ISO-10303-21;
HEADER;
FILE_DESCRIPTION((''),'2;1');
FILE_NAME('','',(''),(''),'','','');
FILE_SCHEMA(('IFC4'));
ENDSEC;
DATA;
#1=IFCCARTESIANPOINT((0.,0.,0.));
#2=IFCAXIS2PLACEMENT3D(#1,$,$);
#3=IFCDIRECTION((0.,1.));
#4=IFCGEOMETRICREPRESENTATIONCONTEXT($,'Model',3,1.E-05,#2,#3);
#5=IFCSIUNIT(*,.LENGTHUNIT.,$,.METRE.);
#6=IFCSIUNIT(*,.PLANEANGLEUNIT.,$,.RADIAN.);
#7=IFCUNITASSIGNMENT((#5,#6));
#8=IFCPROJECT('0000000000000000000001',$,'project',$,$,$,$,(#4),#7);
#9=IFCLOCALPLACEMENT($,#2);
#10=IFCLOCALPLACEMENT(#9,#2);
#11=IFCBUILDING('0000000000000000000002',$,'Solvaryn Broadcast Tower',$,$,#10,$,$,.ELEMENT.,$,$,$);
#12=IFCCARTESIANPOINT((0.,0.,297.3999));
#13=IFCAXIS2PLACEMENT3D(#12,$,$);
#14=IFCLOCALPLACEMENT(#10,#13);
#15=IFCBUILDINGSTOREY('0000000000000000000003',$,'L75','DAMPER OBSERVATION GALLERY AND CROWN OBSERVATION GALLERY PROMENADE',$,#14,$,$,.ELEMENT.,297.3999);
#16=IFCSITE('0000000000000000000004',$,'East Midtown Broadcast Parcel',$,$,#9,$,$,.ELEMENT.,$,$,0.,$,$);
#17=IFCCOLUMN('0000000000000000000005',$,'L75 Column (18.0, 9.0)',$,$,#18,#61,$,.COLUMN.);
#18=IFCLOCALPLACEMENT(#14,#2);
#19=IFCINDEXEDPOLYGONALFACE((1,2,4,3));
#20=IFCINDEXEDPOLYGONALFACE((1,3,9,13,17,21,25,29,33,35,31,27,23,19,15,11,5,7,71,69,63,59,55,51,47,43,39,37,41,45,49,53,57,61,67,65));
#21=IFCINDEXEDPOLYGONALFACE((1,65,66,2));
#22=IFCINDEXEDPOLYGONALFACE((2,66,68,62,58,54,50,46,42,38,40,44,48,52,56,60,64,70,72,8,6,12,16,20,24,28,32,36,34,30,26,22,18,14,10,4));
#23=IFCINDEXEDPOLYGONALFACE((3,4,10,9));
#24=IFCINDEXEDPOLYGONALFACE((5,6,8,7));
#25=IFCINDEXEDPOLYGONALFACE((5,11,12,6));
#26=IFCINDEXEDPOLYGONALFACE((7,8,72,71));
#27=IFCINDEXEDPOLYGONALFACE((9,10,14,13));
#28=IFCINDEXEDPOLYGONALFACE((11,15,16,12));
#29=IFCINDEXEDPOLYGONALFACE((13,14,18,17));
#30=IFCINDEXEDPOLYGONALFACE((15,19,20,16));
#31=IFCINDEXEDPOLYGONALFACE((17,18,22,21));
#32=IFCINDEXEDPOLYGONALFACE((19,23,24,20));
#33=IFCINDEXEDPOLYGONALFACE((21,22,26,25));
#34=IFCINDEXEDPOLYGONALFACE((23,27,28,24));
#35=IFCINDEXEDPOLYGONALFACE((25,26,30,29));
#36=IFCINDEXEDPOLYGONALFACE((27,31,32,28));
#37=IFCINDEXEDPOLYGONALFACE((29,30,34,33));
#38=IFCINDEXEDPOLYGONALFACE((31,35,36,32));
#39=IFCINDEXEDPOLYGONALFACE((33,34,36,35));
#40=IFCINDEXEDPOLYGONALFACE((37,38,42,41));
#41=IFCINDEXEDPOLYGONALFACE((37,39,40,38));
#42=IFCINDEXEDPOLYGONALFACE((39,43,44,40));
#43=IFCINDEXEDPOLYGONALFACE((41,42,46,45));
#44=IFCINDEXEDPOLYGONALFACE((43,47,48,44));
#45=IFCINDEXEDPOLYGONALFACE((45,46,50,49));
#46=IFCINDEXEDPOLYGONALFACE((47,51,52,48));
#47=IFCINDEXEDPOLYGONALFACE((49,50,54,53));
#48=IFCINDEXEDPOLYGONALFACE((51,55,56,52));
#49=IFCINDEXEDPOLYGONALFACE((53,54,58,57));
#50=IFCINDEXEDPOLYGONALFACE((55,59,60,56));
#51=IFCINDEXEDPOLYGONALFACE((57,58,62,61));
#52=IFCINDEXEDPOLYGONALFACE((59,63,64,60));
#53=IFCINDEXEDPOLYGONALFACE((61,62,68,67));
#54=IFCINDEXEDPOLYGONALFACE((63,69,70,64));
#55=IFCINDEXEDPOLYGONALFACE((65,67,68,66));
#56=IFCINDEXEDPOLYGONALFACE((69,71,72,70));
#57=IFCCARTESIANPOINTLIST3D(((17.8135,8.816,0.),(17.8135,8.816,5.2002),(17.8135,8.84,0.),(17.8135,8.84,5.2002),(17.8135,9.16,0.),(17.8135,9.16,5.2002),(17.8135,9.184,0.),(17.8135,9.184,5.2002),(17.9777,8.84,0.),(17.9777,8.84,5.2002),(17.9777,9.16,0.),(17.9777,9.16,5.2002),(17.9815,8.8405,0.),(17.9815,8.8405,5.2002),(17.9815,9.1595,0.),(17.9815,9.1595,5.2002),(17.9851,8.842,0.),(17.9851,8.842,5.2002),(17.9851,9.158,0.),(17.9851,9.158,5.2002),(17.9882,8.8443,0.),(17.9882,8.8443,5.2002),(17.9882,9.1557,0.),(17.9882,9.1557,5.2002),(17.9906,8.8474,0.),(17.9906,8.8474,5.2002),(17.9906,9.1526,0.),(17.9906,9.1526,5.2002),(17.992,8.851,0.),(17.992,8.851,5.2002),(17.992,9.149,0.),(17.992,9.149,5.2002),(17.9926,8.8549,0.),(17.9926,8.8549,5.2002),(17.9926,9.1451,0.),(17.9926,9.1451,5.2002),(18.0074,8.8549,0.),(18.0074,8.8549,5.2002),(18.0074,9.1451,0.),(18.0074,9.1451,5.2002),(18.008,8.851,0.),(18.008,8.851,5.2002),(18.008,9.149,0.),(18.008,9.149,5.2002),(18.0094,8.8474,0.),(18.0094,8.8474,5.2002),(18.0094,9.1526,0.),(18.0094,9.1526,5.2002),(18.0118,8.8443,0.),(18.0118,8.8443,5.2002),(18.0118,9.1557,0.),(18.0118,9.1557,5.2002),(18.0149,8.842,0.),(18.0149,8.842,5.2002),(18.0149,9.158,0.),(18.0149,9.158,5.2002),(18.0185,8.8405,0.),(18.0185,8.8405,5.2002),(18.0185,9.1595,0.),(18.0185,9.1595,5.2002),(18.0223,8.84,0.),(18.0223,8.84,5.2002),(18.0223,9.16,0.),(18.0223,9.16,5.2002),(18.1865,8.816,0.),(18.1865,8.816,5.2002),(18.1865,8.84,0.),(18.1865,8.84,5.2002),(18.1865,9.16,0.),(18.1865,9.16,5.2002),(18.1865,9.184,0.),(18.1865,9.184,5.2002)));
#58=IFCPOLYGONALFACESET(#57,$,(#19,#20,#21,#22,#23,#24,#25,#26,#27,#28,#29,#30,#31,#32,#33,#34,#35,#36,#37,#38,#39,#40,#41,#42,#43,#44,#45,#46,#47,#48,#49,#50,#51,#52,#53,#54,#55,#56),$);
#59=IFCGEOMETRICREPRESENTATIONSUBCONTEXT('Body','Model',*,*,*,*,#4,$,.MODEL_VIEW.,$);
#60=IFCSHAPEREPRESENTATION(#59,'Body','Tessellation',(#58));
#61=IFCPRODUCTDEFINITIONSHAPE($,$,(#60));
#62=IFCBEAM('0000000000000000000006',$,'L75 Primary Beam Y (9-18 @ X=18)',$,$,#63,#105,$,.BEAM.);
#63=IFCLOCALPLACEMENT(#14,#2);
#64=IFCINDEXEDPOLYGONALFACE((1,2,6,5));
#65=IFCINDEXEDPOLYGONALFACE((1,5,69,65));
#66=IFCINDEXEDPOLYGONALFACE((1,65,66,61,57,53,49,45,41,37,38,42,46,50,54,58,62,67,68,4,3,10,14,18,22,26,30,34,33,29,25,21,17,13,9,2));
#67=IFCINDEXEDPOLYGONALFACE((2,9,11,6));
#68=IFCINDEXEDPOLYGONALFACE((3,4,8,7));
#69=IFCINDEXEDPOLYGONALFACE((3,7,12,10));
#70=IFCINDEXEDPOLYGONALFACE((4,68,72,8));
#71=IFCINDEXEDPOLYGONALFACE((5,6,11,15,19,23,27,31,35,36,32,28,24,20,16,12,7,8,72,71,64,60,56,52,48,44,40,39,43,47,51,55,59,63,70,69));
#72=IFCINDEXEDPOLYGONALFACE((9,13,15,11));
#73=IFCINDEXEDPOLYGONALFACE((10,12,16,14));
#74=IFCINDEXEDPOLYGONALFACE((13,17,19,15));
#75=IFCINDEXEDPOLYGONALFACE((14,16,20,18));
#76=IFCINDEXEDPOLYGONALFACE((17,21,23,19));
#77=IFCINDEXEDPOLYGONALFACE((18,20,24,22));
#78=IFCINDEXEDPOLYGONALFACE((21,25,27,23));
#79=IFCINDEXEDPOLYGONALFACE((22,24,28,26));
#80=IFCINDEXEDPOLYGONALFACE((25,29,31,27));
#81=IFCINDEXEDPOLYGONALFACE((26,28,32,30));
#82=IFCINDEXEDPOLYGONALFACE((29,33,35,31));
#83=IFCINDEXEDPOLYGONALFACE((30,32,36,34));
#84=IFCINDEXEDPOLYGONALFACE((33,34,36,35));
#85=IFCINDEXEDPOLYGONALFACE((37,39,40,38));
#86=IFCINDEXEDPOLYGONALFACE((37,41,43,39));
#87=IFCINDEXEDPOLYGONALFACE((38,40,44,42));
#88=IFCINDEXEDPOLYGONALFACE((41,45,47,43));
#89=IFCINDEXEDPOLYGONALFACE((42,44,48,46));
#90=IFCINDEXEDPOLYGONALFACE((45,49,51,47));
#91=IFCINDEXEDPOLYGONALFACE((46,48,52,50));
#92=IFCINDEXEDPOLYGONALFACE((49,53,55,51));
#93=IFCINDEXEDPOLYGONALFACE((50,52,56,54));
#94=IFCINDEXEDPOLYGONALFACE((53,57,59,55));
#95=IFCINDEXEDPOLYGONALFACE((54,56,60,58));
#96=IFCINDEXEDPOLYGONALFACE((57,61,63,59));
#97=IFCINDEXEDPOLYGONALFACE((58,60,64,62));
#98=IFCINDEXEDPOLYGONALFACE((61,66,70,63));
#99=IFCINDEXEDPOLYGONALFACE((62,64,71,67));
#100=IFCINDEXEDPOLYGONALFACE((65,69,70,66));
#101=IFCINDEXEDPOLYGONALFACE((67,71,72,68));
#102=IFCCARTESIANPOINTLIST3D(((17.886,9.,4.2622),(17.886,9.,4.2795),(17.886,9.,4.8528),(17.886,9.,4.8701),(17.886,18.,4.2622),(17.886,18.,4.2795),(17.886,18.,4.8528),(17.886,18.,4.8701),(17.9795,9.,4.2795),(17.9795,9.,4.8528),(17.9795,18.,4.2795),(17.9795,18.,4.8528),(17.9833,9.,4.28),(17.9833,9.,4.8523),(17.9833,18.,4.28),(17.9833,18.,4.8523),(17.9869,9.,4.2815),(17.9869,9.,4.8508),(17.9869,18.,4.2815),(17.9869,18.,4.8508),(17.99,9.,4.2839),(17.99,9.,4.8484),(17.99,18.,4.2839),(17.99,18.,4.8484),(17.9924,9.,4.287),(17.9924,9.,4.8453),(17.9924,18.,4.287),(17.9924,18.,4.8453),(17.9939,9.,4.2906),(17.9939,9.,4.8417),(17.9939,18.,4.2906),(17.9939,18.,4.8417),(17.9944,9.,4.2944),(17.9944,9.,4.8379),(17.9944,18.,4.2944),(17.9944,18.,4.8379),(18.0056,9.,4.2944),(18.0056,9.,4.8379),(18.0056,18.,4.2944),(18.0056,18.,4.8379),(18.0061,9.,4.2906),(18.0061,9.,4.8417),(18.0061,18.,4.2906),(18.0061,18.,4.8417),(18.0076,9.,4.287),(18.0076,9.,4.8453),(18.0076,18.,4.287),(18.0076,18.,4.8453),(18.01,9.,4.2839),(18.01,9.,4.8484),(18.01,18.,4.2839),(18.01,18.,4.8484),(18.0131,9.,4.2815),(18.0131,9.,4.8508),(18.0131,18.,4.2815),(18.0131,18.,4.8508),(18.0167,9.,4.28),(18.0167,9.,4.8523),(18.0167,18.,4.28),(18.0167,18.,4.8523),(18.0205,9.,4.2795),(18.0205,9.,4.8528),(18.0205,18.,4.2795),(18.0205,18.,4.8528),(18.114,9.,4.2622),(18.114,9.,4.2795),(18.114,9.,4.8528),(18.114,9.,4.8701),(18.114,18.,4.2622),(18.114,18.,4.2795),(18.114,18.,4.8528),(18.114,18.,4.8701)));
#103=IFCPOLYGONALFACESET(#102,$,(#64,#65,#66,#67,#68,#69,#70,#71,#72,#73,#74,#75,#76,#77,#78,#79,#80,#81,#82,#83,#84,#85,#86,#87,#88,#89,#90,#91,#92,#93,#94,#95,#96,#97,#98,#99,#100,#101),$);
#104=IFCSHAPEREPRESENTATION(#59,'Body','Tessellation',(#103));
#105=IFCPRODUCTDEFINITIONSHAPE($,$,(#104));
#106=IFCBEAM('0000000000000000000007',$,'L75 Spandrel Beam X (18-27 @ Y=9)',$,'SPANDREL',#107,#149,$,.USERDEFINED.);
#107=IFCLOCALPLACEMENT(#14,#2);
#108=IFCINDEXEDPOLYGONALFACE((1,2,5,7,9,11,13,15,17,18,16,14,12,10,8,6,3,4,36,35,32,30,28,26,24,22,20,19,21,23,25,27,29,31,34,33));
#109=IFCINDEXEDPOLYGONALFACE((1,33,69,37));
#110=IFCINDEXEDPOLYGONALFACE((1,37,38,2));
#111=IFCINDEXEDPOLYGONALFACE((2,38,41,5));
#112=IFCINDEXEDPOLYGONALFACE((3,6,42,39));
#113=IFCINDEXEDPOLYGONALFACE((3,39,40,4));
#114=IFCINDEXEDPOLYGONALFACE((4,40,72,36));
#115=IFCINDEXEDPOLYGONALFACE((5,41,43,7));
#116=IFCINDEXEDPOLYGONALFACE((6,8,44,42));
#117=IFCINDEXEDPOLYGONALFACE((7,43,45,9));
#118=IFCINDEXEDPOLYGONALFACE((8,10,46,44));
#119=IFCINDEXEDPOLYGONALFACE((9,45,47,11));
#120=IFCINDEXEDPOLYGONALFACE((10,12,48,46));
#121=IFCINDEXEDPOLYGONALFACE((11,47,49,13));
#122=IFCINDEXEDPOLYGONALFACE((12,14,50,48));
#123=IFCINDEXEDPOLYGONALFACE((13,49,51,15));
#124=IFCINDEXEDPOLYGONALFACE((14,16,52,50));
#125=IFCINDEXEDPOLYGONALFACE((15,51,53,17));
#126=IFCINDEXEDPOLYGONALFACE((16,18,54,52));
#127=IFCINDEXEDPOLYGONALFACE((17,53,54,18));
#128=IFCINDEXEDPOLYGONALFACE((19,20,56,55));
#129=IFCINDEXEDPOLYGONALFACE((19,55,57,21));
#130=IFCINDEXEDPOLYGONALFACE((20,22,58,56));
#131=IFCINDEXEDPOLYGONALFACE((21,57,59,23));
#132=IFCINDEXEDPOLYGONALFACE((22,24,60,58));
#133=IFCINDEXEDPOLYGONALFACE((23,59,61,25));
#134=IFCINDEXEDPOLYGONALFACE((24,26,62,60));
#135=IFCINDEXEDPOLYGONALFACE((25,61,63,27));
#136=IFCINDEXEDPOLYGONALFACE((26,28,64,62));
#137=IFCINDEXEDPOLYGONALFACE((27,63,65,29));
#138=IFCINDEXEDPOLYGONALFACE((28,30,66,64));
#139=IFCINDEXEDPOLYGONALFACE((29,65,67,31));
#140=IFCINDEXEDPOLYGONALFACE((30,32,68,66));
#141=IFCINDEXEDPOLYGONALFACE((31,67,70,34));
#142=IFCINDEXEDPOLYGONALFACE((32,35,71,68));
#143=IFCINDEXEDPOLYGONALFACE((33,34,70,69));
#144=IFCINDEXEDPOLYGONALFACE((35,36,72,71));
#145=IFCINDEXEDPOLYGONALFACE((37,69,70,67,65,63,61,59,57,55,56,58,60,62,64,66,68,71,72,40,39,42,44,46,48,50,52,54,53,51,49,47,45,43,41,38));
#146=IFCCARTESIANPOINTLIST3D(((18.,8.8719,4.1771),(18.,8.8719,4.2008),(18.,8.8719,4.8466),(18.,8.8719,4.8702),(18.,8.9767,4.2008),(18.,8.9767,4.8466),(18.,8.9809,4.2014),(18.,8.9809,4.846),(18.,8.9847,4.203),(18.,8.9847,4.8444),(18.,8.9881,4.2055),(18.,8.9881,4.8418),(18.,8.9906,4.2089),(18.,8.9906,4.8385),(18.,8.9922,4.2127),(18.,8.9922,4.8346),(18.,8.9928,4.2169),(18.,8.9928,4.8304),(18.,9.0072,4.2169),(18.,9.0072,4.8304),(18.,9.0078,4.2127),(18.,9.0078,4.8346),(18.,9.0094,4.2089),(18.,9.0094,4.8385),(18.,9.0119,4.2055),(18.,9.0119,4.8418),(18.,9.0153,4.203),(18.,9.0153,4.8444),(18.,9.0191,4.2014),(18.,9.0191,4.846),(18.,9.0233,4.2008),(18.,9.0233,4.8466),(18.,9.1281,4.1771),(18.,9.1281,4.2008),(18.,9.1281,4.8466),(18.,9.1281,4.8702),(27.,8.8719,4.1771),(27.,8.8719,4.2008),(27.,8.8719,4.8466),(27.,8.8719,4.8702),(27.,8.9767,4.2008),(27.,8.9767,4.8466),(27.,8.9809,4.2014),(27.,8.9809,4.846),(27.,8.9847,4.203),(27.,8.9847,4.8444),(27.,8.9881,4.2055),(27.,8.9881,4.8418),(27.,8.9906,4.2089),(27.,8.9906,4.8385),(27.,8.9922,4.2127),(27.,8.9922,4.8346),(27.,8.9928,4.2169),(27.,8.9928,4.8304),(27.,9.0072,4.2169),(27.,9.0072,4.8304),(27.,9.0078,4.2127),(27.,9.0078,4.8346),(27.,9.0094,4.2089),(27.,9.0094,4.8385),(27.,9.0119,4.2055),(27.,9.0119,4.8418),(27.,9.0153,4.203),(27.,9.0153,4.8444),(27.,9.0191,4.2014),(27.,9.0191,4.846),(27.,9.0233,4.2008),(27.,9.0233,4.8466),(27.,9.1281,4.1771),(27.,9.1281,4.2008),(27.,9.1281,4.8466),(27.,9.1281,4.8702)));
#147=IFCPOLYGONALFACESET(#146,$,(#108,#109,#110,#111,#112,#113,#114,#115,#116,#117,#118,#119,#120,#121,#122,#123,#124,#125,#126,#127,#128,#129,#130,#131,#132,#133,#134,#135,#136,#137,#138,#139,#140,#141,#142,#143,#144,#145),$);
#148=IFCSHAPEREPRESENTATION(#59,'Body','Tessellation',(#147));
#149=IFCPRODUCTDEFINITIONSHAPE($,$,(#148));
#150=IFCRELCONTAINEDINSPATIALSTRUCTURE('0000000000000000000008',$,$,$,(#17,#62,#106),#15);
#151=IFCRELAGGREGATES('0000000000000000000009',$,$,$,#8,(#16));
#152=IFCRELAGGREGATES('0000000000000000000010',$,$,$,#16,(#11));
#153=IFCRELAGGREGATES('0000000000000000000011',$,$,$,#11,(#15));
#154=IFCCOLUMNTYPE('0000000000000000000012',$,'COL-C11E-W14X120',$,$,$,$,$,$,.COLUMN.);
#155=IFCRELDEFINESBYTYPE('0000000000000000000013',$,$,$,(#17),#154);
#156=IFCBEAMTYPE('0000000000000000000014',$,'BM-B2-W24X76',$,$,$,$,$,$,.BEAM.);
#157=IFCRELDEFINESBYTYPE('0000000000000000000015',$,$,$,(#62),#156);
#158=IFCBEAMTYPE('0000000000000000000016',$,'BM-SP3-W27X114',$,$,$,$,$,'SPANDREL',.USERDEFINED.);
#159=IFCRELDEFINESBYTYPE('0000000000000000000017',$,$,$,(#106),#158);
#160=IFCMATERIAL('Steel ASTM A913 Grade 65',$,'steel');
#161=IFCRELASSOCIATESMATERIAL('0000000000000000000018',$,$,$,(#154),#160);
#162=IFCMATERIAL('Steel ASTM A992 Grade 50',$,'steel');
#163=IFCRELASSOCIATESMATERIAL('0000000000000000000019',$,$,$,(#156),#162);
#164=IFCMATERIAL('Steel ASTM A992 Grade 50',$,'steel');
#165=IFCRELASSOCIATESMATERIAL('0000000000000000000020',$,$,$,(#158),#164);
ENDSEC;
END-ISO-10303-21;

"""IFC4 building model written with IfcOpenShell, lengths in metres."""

from ifc_helpers import new_model, si_unit, direction, frame, origin, origin_2d, place, context, subcontext, project, spatial, i_section, extrude, material, material_profile, profile_set, type_object, element, save


model = new_model("IFC4")

# Units and contexts
model_context = context("Model", 3, precision=1e-05, world=origin(), true_north=direction((0.0, 1.0)))
body_context = subcontext(model_context, "Body", "Model", "MODEL_VIEW")
ifc_project = project(units=[si_unit("LENGTHUNIT", "METRE"), si_unit("PLANEANGLEUNIT", "RADIAN")], contexts=[model_context])

# Site, building, storey
site_placement = place(None, origin())
site = spatial("IfcSite", under=ifc_project, at=site_placement, Name="East Midtown Broadcast Parcel", CompositionType="ELEMENT", RefElevation=0.0)
building_placement = place(site_placement, origin())
building = spatial("IfcBuilding", under=site, at=building_placement, Name="Solvaryn Broadcast Tower", CompositionType="ELEMENT")
storey_placement = place(building_placement, frame((0.0, 0.0, 297.3999)))
storey = spatial("IfcBuildingStorey", under=building, at=storey_placement, Name="L75", Description="DAMPER OBSERVATION GALLERY AND CROWN OBSERVATION GALLERY PROMENADE", CompositionType="ELEMENT", Elevation=297.3999)

# Column
ifc_material_1 = material(Name="Steel ASTM A913 Grade 65", Category="steel")
ifc_material_profile_1 = material_profile(ifc_material_1, i_section(OverallWidth=0.373, OverallDepth=0.3679, WebThickness=0.0149, FlangeThickness=0.0239, FilletRadius=0.0149, at=origin_2d()))
ifc_profile_set_1 = profile_set([ifc_material_profile_1], Name="Steel ASTM A913 Grade 65")
column_type = type_object("IfcColumnType", Name="COL-C11E-W14X120", PredefinedType="COLUMN", material=ifc_profile_set_1)
column_placement = place(storey_placement, frame((18.0, 9.0, 0.0), z_axis=(0.0, 0.0, 1.0), x_axis=(1.0, 0.0, 0.0)))
element("IfcColumn", 1, at=column_placement, inside=storey, type_object=column_type, Name="L75 Column (18.0, 9.0)", PredefinedType="COLUMN", context=body_context, shape_type="SweptSolid", body=[
    extrude(i_section(OverallWidth=0.373, OverallDepth=0.3679, WebThickness=0.0149, FlangeThickness=0.0239, FilletRadius=0.0149, at=origin_2d()), origin(), (0.0, 0.0, 1.0), 5.2002),
])

# Beams
ifc_material_2 = material(Name="Steel ASTM A992 Grade 50", Category="steel")
ifc_material_profile_2 = material_profile(ifc_material_2, i_section(OverallWidth=0.228, OverallDepth=0.6079, WebThickness=0.0112, FlangeThickness=0.0173, FilletRadius=0.0149, at=origin_2d()))
ifc_profile_set_2 = profile_set([ifc_material_profile_2], Name="Steel ASTM A992 Grade 50")
beam_type_1 = type_object("IfcBeamType", Name="BM-B2-W24X76", PredefinedType="BEAM", material=ifc_profile_set_2)
beam_1_placement = place(storey_placement, frame((18.0, 9.0, 4.5662), z_axis=(0.0, 1.0, 0.0), x_axis=(-1.0, 0.0, 0.0)))
element("IfcBeam", 2, at=beam_1_placement, inside=storey, type_object=beam_type_1, Name="L75 Primary Beam Y (9-18 @ X=18)", PredefinedType="BEAM", context=body_context, shape_type="SweptSolid", body=[
    extrude(i_section(OverallWidth=0.228, OverallDepth=0.6079, WebThickness=0.0112, FlangeThickness=0.0173, FilletRadius=0.0149, at=origin_2d()), origin(), (0.0, 0.0, 1.0), 9.0),
])
ifc_material_3 = material(Name="Steel ASTM A992 Grade 50", Category="steel")
ifc_material_profile_3 = material_profile(ifc_material_3, i_section(OverallWidth=0.2561, OverallDepth=0.6931, WebThickness=0.0144, FlangeThickness=0.0237, FilletRadius=0.0161, at=origin_2d()))
ifc_profile_set_3 = profile_set([ifc_material_profile_3], Name="Steel ASTM A992 Grade 50")
beam_type_2 = type_object("IfcBeamType", Name="BM-SP3-W27X114", ElementType="SPANDREL", PredefinedType="USERDEFINED", material=ifc_profile_set_3)
beam_2_placement = place(storey_placement, frame((18.0, 9.0, 4.5237), z_axis=(1.0, 0.0, 0.0), x_axis=(0.0, 1.0, 0.0)))
element("IfcBeam", 3, at=beam_2_placement, inside=storey, type_object=beam_type_2, Name="L75 Spandrel Beam X (18-27 @ Y=9)", ObjectType="SPANDREL", PredefinedType="USERDEFINED", context=body_context, shape_type="SweptSolid", body=[
    extrude(i_section(OverallWidth=0.2561, OverallDepth=0.6931, WebThickness=0.0144, FlangeThickness=0.0237, FilletRadius=0.0161, at=origin_2d()), origin(), (0.0, 0.0, 1.0), 9.0),
])

save(model, "model.ifc")
